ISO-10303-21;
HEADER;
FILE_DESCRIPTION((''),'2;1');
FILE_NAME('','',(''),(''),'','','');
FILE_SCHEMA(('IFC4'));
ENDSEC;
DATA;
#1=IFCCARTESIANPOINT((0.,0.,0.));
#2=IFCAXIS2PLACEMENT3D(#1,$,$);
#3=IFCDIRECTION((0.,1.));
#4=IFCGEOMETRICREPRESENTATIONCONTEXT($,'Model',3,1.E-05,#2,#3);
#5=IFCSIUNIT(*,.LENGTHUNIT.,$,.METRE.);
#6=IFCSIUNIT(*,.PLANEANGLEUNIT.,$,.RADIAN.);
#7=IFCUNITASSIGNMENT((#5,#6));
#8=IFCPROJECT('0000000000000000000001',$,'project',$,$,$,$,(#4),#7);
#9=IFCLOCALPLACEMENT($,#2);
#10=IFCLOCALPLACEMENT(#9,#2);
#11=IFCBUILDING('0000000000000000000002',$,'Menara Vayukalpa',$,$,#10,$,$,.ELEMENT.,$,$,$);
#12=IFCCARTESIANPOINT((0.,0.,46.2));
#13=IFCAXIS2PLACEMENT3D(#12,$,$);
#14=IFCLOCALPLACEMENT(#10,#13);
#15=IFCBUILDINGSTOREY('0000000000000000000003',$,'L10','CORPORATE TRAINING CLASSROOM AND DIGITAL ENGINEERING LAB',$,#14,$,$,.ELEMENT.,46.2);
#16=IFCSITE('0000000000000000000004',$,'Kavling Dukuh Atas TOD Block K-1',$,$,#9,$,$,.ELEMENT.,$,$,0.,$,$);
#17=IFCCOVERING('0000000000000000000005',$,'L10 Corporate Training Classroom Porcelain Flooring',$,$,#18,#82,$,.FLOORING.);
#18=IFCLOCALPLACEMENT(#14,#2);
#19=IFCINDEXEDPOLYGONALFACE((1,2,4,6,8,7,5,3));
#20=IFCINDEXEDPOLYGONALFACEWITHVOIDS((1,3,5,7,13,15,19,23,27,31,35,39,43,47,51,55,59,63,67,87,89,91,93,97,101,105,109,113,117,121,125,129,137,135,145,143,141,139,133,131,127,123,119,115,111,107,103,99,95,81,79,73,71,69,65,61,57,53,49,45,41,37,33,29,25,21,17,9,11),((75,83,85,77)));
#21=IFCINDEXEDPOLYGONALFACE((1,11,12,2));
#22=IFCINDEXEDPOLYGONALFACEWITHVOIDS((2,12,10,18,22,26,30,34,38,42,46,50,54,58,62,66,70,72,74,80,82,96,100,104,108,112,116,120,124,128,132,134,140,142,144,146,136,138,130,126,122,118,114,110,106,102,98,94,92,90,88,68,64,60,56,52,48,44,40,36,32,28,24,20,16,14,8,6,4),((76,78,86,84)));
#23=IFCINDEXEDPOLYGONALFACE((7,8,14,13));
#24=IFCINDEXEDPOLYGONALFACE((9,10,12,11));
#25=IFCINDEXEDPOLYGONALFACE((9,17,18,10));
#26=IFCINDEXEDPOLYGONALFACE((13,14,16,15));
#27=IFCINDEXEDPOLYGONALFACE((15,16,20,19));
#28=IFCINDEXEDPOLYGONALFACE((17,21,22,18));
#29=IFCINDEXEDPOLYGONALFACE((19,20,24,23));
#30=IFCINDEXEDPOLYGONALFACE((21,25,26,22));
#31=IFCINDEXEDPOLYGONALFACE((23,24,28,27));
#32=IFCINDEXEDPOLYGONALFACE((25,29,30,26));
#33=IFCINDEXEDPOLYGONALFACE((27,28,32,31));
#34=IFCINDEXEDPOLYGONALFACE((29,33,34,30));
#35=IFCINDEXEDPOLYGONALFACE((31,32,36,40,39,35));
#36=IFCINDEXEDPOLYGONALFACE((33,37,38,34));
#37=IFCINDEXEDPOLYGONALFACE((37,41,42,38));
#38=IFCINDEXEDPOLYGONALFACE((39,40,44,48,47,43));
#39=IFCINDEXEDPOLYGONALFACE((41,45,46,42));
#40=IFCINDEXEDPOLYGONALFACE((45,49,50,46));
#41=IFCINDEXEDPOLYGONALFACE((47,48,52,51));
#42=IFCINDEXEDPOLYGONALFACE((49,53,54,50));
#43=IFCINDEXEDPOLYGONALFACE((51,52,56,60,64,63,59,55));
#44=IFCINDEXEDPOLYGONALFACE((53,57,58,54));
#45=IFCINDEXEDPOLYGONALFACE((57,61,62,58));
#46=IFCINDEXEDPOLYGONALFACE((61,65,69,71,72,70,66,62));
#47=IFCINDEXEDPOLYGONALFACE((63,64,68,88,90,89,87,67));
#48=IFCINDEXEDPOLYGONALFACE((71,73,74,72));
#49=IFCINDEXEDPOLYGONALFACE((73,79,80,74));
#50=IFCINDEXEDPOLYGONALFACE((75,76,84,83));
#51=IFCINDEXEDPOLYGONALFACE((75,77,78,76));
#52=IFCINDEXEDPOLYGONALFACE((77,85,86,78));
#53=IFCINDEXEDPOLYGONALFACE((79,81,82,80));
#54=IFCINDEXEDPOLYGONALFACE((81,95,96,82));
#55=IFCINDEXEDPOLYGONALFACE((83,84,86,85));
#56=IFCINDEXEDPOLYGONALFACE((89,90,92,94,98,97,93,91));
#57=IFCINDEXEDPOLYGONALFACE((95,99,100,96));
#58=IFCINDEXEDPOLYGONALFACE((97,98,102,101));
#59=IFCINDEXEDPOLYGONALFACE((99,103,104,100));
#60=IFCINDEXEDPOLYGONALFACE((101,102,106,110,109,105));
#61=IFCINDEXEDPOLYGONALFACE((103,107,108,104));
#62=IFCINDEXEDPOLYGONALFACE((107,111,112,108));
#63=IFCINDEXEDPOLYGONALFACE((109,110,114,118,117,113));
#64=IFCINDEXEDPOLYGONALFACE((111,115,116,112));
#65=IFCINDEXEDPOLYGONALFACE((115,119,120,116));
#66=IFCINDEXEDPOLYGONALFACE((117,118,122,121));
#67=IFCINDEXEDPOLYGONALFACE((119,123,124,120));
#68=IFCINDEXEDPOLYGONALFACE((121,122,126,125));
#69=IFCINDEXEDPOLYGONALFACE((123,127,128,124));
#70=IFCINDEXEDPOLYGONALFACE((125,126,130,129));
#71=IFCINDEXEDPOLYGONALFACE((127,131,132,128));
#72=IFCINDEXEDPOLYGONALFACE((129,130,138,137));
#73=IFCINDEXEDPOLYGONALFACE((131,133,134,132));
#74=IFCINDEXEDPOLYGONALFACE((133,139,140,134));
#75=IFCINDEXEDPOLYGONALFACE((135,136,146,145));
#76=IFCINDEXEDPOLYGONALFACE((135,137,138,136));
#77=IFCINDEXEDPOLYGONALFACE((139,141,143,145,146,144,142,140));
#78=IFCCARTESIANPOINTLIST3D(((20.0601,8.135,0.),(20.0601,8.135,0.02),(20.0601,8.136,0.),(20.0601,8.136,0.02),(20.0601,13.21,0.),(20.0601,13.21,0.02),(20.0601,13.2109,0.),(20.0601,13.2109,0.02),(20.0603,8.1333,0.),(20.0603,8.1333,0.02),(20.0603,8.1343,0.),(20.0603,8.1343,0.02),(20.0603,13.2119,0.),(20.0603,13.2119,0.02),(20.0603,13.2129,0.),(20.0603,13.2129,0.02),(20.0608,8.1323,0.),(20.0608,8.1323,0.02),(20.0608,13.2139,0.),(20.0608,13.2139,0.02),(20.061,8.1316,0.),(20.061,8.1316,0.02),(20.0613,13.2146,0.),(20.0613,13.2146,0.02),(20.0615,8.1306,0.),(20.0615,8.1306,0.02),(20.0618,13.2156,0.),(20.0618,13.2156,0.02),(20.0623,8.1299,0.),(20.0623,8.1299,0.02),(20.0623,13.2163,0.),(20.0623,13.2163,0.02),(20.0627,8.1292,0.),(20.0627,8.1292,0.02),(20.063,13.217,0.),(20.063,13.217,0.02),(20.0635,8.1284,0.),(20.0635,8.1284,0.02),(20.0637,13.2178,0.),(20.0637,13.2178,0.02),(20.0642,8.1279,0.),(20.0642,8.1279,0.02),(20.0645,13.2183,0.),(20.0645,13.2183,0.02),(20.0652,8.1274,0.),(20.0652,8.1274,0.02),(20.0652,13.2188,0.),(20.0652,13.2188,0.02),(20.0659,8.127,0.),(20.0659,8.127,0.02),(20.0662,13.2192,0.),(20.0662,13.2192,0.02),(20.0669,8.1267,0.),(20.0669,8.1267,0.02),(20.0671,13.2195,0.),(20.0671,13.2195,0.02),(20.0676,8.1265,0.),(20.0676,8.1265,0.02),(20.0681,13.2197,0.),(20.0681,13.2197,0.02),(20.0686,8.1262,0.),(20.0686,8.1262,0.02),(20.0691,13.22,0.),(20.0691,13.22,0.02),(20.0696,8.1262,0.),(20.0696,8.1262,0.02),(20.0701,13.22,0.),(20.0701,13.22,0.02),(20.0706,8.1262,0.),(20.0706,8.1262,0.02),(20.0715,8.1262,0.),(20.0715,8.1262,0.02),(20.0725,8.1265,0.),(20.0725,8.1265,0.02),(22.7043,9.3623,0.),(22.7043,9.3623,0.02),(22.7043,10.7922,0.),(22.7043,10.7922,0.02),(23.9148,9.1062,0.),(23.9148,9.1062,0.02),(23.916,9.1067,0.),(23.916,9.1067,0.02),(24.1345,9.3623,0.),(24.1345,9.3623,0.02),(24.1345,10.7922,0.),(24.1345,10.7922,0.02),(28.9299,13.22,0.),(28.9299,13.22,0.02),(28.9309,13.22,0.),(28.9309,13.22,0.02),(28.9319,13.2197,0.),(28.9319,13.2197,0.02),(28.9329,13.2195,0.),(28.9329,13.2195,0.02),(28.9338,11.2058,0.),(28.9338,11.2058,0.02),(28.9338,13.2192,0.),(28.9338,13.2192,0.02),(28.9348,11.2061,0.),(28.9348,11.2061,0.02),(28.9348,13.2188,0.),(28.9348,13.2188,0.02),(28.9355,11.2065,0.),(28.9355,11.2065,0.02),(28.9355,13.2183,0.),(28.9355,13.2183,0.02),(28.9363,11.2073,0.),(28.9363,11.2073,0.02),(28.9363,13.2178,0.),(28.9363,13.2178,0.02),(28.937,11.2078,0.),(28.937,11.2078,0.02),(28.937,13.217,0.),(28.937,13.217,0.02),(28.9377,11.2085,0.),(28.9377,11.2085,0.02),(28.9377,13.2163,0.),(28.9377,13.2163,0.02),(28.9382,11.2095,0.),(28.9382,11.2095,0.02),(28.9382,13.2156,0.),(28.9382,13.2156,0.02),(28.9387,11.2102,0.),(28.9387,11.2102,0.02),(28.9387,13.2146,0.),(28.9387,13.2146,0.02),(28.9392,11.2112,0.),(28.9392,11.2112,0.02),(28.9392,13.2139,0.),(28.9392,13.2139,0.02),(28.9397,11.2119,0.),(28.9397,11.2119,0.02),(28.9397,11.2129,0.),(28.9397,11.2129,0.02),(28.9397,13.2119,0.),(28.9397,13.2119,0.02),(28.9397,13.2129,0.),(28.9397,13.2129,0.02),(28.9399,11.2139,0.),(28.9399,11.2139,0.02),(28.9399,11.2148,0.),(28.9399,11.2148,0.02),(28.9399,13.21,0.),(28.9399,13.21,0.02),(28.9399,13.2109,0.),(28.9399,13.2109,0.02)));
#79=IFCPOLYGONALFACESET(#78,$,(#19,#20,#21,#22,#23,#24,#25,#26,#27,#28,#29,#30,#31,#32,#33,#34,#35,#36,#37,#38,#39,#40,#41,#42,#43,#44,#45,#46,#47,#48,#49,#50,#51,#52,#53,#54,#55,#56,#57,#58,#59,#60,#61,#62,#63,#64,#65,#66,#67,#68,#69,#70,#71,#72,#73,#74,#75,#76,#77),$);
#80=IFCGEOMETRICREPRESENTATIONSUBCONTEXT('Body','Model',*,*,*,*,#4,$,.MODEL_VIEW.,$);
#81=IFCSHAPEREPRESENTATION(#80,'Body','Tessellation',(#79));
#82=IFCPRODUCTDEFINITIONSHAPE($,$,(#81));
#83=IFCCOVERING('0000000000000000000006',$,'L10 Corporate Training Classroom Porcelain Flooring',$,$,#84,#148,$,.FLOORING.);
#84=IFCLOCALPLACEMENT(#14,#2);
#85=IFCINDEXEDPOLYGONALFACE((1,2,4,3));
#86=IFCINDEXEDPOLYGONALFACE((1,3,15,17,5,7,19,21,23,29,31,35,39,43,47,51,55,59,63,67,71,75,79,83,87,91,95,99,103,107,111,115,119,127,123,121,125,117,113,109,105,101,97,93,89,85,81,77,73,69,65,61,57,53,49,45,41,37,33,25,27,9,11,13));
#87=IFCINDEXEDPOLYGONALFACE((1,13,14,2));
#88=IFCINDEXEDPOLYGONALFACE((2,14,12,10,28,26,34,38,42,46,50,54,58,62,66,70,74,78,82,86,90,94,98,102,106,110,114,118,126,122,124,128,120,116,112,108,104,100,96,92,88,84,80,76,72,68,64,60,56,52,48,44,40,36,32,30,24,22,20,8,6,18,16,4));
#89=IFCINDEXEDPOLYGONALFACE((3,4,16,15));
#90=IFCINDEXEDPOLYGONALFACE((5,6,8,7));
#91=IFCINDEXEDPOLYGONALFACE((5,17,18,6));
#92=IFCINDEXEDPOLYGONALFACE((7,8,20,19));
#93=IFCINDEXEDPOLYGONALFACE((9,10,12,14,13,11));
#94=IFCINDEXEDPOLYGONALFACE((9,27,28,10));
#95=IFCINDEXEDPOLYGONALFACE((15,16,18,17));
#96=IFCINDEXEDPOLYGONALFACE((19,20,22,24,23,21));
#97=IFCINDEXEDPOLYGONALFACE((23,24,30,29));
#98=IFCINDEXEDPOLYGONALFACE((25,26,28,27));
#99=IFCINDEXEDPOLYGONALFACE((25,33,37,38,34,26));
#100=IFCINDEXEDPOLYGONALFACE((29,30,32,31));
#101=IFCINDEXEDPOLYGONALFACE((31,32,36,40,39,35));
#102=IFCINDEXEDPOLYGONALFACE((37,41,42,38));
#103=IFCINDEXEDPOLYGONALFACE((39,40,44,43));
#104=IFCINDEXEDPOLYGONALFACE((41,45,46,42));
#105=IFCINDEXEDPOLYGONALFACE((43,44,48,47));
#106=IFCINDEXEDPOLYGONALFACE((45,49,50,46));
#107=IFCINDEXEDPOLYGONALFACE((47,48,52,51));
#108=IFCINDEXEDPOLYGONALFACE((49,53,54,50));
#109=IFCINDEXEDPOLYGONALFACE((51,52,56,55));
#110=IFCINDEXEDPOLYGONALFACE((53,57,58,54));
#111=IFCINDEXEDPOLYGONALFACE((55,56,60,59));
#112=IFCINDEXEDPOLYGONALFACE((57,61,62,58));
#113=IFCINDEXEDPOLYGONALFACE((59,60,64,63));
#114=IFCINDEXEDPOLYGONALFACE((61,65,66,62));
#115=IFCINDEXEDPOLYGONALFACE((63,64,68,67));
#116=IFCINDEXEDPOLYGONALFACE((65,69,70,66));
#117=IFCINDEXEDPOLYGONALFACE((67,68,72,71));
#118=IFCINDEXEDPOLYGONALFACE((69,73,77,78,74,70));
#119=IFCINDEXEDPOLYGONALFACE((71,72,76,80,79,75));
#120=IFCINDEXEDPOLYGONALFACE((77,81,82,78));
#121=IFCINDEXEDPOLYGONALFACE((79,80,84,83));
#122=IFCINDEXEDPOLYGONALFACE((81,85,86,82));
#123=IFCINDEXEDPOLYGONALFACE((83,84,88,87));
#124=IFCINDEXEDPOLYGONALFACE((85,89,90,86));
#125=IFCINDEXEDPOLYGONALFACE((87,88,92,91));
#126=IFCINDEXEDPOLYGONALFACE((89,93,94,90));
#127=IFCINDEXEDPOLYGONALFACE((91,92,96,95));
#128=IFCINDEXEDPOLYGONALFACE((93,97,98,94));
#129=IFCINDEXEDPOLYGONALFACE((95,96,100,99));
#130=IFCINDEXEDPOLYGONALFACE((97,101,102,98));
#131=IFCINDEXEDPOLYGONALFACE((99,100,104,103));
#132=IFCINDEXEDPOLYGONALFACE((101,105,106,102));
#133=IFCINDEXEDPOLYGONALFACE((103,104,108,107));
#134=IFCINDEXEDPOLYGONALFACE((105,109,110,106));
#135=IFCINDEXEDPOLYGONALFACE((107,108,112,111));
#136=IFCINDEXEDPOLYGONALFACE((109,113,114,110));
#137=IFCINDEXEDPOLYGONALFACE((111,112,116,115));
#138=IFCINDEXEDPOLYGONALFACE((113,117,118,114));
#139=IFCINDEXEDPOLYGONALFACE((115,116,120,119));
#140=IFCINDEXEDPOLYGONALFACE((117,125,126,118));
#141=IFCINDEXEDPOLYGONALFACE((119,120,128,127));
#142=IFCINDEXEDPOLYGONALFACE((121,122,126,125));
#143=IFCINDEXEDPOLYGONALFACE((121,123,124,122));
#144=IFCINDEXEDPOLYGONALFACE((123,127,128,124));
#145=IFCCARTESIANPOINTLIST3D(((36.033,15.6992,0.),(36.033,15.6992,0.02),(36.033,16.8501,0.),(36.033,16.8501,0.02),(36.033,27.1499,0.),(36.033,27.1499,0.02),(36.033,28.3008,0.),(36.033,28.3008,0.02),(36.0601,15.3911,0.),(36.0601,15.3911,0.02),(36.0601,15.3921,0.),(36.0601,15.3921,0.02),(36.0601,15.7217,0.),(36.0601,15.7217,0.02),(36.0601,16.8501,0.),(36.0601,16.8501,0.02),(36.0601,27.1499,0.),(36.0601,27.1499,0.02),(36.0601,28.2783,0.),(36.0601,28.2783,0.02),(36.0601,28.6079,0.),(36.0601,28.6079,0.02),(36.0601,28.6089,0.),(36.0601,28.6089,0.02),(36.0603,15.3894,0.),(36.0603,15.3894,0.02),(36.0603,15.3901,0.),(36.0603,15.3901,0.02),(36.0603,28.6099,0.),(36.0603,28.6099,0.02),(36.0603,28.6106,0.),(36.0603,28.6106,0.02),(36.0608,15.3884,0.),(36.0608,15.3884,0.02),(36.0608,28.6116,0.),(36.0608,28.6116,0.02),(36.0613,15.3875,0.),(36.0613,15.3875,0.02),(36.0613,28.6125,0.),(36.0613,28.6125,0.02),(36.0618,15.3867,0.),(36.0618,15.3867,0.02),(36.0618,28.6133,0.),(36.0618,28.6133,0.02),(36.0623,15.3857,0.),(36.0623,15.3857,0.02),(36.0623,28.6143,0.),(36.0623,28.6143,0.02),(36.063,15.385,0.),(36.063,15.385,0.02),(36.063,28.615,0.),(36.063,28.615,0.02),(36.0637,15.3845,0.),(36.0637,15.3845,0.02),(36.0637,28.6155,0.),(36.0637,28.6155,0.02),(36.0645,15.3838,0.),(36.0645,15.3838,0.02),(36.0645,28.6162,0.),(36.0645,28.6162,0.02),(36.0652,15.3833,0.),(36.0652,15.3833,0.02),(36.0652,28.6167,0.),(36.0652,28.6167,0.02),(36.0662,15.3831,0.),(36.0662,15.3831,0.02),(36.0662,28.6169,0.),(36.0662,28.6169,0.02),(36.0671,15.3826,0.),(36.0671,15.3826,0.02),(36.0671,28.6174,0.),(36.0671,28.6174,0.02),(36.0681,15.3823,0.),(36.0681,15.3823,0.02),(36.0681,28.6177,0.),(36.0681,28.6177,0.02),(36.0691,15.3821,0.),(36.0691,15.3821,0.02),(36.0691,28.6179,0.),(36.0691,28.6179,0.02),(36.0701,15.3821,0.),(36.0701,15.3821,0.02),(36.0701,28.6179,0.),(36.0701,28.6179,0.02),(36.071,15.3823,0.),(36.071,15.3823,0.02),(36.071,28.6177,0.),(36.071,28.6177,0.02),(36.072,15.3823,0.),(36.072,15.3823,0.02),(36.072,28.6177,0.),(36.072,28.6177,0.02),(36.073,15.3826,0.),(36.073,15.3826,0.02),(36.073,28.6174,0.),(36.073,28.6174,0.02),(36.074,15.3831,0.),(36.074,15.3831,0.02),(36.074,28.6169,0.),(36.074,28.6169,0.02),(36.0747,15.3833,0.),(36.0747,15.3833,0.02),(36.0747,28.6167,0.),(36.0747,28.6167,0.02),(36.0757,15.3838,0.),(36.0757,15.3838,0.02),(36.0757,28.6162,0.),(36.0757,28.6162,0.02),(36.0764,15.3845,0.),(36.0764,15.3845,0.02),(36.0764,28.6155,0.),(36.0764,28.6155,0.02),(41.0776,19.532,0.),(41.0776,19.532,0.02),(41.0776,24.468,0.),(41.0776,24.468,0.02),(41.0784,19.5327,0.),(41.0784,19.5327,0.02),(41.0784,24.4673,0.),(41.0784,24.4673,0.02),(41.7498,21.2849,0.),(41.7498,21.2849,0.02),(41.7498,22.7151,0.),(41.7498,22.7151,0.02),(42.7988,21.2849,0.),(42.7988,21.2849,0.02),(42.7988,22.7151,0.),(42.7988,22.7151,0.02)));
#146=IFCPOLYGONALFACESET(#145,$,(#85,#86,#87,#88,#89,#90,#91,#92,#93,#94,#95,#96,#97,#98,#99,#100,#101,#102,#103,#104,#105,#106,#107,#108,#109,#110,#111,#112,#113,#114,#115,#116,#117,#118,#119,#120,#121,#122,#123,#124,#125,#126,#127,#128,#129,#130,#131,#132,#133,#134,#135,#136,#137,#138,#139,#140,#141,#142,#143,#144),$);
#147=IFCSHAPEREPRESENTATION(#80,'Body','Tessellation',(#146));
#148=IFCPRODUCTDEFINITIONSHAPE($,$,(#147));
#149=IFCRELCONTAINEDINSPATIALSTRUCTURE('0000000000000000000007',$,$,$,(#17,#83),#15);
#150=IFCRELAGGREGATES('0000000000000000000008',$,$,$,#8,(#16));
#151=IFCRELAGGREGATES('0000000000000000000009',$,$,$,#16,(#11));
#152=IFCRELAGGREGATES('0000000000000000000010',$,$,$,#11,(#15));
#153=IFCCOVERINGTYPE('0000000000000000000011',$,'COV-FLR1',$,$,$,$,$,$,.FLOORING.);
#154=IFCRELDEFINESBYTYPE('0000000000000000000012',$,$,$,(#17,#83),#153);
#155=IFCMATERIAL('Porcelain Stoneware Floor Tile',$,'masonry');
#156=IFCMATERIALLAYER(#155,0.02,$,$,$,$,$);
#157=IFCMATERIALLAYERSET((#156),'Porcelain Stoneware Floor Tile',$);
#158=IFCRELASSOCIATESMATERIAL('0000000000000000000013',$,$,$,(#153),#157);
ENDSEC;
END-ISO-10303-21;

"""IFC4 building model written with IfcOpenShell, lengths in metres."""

from ifc_helpers import new_model, si_unit, direction, frame, origin, place, context, subcontext, project, spatial, polyline, outline, extrude, material, layer, layer_set, type_object, element, save


model = new_model("IFC4")

# Units and contexts
model_context = context("Model", 3, precision=1e-05, world=origin(), true_north=direction((0.0, 1.0)))
body_context = subcontext(model_context, "Body", "Model", "MODEL_VIEW")
ifc_project = project(units=[si_unit("LENGTHUNIT", "METRE"), si_unit("PLANEANGLEUNIT", "RADIAN")], contexts=[model_context])

# Site, building, storey
site_placement = place(None, origin())
site = spatial("IfcSite", under=ifc_project, at=site_placement, Name="Kavling Dukuh Atas TOD Block K-1", CompositionType="ELEMENT", RefElevation=0.0)
building_placement = place(site_placement, origin())
building = spatial("IfcBuilding", under=site, at=building_placement, Name="Menara Vayukalpa", CompositionType="ELEMENT")
storey_placement = place(building_placement, frame((0.0, 0.0, 46.2)))
storey = spatial("IfcBuildingStorey", under=building, at=storey_placement, Name="L10", Description="CORPORATE TRAINING CLASSROOM AND DIGITAL ENGINEERING LAB", CompositionType="ELEMENT", Elevation=46.2)

# Coverings
ifc_material_1 = material(Name="Porcelain Stoneware Floor Tile", Category="masonry")
ifc_layer_1 = layer(ifc_material_1, 0.02)
ifc_layer_set_1 = layer_set([ifc_layer_1], Name="Porcelain Stoneware Floor Tile")
covering_type_1 = type_object("IfcCoveringType", Name="COV-FLR1", PredefinedType="FLOORING", material=ifc_layer_set_1)
covering_1_placement = place(storey_placement, origin())
element("IfcCovering", 1, at=covering_1_placement, inside=storey, type_object=covering_type_1, Name="L10 Corporate Training Classroom Porcelain Flooring", PredefinedType="FLOORING", context=body_context, shape_type="SweptSolid", body=[
    extrude(outline(polyline([(20.0725, 8.1265), (20.0715, 8.1262), (20.0706, 8.1262), (20.0696, 8.1262), (20.0686, 8.1262), (20.0676, 8.1265), (20.0669, 8.1267), (20.0659, 8.127), (20.0652, 8.1274), (20.0642, 8.1279), (20.0635, 8.1284), (20.0627, 8.1292), (20.0623, 8.1299), (20.0615, 8.1306), (20.061, 8.1316), (20.0608, 8.1323), (20.0603, 8.1333), (20.0603, 8.1343), (20.0601, 8.135), (20.0601, 8.136), (20.0601, 13.21), (20.0601, 13.2109), (20.0603, 13.2119), (20.0603, 13.2129), (20.0608, 13.2139), (20.0613, 13.2146), (20.0618, 13.2156), (20.0623, 13.2163), (20.063, 13.217), (20.0637, 13.2178), (20.0645, 13.2183), (20.0652, 13.2188), (20.0662, 13.2192), (20.0671, 13.2195), (20.0681, 13.2197), (20.0691, 13.22), (20.0701, 13.22), (28.9299, 13.22), (28.9309, 13.22), (28.9319, 13.2197), (28.9329, 13.2195), (28.9338, 13.2192), (28.9348, 13.2188), (28.9355, 13.2183), (28.9363, 13.2178), (28.937, 13.217), (28.9377, 13.2163), (28.9382, 13.2156), (28.9387, 13.2146), (28.9392, 13.2139), (28.9397, 13.2129), (28.9397, 13.2119), (28.9399, 13.2109), (28.9399, 13.21), (28.9399, 11.2148), (28.9399, 11.2139), (28.9397, 11.2129), (28.9397, 11.2119), (28.9392, 11.2112), (28.9387, 11.2102), (28.9382, 11.2095), (28.9377, 11.2085), (28.937, 11.2078), (28.9363, 11.2073), (28.9355, 11.2065), (28.9348, 11.2061), (28.9338, 11.2058), (23.916, 9.1067), (23.9148, 9.1062), (20.0725, 8.1265)]), holes=[polyline([(24.1345, 10.7922), (22.7043, 10.7922), (22.7043, 9.3623), (24.1345, 9.3623), (24.1345, 10.7922)])]), origin(), (0.0, 0.0, 1.0), 0.02),
])
covering_2_placement = place(storey_placement, origin())
element("IfcCovering", 2, at=covering_2_placement, inside=storey, type_object=covering_type_1, Name="L10 Corporate Training Classroom Porcelain Flooring", PredefinedType="FLOORING", context=body_context, shape_type="SweptSolid", body=[
    extrude(outline(polyline([(36.0601, 27.1499), (36.033, 27.1499), (36.033, 28.3008), (36.0601, 28.2783), (36.0601, 28.6079), (36.0601, 28.6089), (36.0603, 28.6099), (36.0603, 28.6106), (36.0608, 28.6116), (36.0613, 28.6125), (36.0618, 28.6133), (36.0623, 28.6143), (36.063, 28.615), (36.0637, 28.6155), (36.0645, 28.6162), (36.0652, 28.6167), (36.0662, 28.6169), (36.0671, 28.6174), (36.0681, 28.6177), (36.0691, 28.6179), (36.0701, 28.6179), (36.071, 28.6177), (36.072, 28.6177), (36.073, 28.6174), (36.074, 28.6169), (36.0747, 28.6167), (36.0757, 28.6162), (36.0764, 28.6155), (41.0776, 24.468), (41.0784, 24.4673), (42.7988, 22.7151), (41.7498, 22.7151), (41.7498, 21.2849), (42.7988, 21.2849), (41.0784, 19.5327), (41.0776, 19.532), (36.0764, 15.3845), (36.0757, 15.3838), (36.0747, 15.3833), (36.074, 15.3831), (36.073, 15.3826), (36.072, 15.3823), (36.071, 15.3823), (36.0701, 15.3821), (36.0691, 15.3821), (36.0681, 15.3823), (36.0671, 15.3826), (36.0662, 15.3831), (36.0652, 15.3833), (36.0645, 15.3838), (36.0637, 15.3845), (36.063, 15.385), (36.0623, 15.3857), (36.0618, 15.3867), (36.0613, 15.3875), (36.0608, 15.3884), (36.0603, 15.3894), (36.0603, 15.3901), (36.0601, 15.3911), (36.0601, 15.3921), (36.0601, 15.7217), (36.033, 15.6992), (36.033, 16.8501), (36.0601, 16.8501), (36.0601, 27.1499)])), origin(), (0.0, 0.0, 1.0), 0.02),
])

save(model, "model.ifc")
